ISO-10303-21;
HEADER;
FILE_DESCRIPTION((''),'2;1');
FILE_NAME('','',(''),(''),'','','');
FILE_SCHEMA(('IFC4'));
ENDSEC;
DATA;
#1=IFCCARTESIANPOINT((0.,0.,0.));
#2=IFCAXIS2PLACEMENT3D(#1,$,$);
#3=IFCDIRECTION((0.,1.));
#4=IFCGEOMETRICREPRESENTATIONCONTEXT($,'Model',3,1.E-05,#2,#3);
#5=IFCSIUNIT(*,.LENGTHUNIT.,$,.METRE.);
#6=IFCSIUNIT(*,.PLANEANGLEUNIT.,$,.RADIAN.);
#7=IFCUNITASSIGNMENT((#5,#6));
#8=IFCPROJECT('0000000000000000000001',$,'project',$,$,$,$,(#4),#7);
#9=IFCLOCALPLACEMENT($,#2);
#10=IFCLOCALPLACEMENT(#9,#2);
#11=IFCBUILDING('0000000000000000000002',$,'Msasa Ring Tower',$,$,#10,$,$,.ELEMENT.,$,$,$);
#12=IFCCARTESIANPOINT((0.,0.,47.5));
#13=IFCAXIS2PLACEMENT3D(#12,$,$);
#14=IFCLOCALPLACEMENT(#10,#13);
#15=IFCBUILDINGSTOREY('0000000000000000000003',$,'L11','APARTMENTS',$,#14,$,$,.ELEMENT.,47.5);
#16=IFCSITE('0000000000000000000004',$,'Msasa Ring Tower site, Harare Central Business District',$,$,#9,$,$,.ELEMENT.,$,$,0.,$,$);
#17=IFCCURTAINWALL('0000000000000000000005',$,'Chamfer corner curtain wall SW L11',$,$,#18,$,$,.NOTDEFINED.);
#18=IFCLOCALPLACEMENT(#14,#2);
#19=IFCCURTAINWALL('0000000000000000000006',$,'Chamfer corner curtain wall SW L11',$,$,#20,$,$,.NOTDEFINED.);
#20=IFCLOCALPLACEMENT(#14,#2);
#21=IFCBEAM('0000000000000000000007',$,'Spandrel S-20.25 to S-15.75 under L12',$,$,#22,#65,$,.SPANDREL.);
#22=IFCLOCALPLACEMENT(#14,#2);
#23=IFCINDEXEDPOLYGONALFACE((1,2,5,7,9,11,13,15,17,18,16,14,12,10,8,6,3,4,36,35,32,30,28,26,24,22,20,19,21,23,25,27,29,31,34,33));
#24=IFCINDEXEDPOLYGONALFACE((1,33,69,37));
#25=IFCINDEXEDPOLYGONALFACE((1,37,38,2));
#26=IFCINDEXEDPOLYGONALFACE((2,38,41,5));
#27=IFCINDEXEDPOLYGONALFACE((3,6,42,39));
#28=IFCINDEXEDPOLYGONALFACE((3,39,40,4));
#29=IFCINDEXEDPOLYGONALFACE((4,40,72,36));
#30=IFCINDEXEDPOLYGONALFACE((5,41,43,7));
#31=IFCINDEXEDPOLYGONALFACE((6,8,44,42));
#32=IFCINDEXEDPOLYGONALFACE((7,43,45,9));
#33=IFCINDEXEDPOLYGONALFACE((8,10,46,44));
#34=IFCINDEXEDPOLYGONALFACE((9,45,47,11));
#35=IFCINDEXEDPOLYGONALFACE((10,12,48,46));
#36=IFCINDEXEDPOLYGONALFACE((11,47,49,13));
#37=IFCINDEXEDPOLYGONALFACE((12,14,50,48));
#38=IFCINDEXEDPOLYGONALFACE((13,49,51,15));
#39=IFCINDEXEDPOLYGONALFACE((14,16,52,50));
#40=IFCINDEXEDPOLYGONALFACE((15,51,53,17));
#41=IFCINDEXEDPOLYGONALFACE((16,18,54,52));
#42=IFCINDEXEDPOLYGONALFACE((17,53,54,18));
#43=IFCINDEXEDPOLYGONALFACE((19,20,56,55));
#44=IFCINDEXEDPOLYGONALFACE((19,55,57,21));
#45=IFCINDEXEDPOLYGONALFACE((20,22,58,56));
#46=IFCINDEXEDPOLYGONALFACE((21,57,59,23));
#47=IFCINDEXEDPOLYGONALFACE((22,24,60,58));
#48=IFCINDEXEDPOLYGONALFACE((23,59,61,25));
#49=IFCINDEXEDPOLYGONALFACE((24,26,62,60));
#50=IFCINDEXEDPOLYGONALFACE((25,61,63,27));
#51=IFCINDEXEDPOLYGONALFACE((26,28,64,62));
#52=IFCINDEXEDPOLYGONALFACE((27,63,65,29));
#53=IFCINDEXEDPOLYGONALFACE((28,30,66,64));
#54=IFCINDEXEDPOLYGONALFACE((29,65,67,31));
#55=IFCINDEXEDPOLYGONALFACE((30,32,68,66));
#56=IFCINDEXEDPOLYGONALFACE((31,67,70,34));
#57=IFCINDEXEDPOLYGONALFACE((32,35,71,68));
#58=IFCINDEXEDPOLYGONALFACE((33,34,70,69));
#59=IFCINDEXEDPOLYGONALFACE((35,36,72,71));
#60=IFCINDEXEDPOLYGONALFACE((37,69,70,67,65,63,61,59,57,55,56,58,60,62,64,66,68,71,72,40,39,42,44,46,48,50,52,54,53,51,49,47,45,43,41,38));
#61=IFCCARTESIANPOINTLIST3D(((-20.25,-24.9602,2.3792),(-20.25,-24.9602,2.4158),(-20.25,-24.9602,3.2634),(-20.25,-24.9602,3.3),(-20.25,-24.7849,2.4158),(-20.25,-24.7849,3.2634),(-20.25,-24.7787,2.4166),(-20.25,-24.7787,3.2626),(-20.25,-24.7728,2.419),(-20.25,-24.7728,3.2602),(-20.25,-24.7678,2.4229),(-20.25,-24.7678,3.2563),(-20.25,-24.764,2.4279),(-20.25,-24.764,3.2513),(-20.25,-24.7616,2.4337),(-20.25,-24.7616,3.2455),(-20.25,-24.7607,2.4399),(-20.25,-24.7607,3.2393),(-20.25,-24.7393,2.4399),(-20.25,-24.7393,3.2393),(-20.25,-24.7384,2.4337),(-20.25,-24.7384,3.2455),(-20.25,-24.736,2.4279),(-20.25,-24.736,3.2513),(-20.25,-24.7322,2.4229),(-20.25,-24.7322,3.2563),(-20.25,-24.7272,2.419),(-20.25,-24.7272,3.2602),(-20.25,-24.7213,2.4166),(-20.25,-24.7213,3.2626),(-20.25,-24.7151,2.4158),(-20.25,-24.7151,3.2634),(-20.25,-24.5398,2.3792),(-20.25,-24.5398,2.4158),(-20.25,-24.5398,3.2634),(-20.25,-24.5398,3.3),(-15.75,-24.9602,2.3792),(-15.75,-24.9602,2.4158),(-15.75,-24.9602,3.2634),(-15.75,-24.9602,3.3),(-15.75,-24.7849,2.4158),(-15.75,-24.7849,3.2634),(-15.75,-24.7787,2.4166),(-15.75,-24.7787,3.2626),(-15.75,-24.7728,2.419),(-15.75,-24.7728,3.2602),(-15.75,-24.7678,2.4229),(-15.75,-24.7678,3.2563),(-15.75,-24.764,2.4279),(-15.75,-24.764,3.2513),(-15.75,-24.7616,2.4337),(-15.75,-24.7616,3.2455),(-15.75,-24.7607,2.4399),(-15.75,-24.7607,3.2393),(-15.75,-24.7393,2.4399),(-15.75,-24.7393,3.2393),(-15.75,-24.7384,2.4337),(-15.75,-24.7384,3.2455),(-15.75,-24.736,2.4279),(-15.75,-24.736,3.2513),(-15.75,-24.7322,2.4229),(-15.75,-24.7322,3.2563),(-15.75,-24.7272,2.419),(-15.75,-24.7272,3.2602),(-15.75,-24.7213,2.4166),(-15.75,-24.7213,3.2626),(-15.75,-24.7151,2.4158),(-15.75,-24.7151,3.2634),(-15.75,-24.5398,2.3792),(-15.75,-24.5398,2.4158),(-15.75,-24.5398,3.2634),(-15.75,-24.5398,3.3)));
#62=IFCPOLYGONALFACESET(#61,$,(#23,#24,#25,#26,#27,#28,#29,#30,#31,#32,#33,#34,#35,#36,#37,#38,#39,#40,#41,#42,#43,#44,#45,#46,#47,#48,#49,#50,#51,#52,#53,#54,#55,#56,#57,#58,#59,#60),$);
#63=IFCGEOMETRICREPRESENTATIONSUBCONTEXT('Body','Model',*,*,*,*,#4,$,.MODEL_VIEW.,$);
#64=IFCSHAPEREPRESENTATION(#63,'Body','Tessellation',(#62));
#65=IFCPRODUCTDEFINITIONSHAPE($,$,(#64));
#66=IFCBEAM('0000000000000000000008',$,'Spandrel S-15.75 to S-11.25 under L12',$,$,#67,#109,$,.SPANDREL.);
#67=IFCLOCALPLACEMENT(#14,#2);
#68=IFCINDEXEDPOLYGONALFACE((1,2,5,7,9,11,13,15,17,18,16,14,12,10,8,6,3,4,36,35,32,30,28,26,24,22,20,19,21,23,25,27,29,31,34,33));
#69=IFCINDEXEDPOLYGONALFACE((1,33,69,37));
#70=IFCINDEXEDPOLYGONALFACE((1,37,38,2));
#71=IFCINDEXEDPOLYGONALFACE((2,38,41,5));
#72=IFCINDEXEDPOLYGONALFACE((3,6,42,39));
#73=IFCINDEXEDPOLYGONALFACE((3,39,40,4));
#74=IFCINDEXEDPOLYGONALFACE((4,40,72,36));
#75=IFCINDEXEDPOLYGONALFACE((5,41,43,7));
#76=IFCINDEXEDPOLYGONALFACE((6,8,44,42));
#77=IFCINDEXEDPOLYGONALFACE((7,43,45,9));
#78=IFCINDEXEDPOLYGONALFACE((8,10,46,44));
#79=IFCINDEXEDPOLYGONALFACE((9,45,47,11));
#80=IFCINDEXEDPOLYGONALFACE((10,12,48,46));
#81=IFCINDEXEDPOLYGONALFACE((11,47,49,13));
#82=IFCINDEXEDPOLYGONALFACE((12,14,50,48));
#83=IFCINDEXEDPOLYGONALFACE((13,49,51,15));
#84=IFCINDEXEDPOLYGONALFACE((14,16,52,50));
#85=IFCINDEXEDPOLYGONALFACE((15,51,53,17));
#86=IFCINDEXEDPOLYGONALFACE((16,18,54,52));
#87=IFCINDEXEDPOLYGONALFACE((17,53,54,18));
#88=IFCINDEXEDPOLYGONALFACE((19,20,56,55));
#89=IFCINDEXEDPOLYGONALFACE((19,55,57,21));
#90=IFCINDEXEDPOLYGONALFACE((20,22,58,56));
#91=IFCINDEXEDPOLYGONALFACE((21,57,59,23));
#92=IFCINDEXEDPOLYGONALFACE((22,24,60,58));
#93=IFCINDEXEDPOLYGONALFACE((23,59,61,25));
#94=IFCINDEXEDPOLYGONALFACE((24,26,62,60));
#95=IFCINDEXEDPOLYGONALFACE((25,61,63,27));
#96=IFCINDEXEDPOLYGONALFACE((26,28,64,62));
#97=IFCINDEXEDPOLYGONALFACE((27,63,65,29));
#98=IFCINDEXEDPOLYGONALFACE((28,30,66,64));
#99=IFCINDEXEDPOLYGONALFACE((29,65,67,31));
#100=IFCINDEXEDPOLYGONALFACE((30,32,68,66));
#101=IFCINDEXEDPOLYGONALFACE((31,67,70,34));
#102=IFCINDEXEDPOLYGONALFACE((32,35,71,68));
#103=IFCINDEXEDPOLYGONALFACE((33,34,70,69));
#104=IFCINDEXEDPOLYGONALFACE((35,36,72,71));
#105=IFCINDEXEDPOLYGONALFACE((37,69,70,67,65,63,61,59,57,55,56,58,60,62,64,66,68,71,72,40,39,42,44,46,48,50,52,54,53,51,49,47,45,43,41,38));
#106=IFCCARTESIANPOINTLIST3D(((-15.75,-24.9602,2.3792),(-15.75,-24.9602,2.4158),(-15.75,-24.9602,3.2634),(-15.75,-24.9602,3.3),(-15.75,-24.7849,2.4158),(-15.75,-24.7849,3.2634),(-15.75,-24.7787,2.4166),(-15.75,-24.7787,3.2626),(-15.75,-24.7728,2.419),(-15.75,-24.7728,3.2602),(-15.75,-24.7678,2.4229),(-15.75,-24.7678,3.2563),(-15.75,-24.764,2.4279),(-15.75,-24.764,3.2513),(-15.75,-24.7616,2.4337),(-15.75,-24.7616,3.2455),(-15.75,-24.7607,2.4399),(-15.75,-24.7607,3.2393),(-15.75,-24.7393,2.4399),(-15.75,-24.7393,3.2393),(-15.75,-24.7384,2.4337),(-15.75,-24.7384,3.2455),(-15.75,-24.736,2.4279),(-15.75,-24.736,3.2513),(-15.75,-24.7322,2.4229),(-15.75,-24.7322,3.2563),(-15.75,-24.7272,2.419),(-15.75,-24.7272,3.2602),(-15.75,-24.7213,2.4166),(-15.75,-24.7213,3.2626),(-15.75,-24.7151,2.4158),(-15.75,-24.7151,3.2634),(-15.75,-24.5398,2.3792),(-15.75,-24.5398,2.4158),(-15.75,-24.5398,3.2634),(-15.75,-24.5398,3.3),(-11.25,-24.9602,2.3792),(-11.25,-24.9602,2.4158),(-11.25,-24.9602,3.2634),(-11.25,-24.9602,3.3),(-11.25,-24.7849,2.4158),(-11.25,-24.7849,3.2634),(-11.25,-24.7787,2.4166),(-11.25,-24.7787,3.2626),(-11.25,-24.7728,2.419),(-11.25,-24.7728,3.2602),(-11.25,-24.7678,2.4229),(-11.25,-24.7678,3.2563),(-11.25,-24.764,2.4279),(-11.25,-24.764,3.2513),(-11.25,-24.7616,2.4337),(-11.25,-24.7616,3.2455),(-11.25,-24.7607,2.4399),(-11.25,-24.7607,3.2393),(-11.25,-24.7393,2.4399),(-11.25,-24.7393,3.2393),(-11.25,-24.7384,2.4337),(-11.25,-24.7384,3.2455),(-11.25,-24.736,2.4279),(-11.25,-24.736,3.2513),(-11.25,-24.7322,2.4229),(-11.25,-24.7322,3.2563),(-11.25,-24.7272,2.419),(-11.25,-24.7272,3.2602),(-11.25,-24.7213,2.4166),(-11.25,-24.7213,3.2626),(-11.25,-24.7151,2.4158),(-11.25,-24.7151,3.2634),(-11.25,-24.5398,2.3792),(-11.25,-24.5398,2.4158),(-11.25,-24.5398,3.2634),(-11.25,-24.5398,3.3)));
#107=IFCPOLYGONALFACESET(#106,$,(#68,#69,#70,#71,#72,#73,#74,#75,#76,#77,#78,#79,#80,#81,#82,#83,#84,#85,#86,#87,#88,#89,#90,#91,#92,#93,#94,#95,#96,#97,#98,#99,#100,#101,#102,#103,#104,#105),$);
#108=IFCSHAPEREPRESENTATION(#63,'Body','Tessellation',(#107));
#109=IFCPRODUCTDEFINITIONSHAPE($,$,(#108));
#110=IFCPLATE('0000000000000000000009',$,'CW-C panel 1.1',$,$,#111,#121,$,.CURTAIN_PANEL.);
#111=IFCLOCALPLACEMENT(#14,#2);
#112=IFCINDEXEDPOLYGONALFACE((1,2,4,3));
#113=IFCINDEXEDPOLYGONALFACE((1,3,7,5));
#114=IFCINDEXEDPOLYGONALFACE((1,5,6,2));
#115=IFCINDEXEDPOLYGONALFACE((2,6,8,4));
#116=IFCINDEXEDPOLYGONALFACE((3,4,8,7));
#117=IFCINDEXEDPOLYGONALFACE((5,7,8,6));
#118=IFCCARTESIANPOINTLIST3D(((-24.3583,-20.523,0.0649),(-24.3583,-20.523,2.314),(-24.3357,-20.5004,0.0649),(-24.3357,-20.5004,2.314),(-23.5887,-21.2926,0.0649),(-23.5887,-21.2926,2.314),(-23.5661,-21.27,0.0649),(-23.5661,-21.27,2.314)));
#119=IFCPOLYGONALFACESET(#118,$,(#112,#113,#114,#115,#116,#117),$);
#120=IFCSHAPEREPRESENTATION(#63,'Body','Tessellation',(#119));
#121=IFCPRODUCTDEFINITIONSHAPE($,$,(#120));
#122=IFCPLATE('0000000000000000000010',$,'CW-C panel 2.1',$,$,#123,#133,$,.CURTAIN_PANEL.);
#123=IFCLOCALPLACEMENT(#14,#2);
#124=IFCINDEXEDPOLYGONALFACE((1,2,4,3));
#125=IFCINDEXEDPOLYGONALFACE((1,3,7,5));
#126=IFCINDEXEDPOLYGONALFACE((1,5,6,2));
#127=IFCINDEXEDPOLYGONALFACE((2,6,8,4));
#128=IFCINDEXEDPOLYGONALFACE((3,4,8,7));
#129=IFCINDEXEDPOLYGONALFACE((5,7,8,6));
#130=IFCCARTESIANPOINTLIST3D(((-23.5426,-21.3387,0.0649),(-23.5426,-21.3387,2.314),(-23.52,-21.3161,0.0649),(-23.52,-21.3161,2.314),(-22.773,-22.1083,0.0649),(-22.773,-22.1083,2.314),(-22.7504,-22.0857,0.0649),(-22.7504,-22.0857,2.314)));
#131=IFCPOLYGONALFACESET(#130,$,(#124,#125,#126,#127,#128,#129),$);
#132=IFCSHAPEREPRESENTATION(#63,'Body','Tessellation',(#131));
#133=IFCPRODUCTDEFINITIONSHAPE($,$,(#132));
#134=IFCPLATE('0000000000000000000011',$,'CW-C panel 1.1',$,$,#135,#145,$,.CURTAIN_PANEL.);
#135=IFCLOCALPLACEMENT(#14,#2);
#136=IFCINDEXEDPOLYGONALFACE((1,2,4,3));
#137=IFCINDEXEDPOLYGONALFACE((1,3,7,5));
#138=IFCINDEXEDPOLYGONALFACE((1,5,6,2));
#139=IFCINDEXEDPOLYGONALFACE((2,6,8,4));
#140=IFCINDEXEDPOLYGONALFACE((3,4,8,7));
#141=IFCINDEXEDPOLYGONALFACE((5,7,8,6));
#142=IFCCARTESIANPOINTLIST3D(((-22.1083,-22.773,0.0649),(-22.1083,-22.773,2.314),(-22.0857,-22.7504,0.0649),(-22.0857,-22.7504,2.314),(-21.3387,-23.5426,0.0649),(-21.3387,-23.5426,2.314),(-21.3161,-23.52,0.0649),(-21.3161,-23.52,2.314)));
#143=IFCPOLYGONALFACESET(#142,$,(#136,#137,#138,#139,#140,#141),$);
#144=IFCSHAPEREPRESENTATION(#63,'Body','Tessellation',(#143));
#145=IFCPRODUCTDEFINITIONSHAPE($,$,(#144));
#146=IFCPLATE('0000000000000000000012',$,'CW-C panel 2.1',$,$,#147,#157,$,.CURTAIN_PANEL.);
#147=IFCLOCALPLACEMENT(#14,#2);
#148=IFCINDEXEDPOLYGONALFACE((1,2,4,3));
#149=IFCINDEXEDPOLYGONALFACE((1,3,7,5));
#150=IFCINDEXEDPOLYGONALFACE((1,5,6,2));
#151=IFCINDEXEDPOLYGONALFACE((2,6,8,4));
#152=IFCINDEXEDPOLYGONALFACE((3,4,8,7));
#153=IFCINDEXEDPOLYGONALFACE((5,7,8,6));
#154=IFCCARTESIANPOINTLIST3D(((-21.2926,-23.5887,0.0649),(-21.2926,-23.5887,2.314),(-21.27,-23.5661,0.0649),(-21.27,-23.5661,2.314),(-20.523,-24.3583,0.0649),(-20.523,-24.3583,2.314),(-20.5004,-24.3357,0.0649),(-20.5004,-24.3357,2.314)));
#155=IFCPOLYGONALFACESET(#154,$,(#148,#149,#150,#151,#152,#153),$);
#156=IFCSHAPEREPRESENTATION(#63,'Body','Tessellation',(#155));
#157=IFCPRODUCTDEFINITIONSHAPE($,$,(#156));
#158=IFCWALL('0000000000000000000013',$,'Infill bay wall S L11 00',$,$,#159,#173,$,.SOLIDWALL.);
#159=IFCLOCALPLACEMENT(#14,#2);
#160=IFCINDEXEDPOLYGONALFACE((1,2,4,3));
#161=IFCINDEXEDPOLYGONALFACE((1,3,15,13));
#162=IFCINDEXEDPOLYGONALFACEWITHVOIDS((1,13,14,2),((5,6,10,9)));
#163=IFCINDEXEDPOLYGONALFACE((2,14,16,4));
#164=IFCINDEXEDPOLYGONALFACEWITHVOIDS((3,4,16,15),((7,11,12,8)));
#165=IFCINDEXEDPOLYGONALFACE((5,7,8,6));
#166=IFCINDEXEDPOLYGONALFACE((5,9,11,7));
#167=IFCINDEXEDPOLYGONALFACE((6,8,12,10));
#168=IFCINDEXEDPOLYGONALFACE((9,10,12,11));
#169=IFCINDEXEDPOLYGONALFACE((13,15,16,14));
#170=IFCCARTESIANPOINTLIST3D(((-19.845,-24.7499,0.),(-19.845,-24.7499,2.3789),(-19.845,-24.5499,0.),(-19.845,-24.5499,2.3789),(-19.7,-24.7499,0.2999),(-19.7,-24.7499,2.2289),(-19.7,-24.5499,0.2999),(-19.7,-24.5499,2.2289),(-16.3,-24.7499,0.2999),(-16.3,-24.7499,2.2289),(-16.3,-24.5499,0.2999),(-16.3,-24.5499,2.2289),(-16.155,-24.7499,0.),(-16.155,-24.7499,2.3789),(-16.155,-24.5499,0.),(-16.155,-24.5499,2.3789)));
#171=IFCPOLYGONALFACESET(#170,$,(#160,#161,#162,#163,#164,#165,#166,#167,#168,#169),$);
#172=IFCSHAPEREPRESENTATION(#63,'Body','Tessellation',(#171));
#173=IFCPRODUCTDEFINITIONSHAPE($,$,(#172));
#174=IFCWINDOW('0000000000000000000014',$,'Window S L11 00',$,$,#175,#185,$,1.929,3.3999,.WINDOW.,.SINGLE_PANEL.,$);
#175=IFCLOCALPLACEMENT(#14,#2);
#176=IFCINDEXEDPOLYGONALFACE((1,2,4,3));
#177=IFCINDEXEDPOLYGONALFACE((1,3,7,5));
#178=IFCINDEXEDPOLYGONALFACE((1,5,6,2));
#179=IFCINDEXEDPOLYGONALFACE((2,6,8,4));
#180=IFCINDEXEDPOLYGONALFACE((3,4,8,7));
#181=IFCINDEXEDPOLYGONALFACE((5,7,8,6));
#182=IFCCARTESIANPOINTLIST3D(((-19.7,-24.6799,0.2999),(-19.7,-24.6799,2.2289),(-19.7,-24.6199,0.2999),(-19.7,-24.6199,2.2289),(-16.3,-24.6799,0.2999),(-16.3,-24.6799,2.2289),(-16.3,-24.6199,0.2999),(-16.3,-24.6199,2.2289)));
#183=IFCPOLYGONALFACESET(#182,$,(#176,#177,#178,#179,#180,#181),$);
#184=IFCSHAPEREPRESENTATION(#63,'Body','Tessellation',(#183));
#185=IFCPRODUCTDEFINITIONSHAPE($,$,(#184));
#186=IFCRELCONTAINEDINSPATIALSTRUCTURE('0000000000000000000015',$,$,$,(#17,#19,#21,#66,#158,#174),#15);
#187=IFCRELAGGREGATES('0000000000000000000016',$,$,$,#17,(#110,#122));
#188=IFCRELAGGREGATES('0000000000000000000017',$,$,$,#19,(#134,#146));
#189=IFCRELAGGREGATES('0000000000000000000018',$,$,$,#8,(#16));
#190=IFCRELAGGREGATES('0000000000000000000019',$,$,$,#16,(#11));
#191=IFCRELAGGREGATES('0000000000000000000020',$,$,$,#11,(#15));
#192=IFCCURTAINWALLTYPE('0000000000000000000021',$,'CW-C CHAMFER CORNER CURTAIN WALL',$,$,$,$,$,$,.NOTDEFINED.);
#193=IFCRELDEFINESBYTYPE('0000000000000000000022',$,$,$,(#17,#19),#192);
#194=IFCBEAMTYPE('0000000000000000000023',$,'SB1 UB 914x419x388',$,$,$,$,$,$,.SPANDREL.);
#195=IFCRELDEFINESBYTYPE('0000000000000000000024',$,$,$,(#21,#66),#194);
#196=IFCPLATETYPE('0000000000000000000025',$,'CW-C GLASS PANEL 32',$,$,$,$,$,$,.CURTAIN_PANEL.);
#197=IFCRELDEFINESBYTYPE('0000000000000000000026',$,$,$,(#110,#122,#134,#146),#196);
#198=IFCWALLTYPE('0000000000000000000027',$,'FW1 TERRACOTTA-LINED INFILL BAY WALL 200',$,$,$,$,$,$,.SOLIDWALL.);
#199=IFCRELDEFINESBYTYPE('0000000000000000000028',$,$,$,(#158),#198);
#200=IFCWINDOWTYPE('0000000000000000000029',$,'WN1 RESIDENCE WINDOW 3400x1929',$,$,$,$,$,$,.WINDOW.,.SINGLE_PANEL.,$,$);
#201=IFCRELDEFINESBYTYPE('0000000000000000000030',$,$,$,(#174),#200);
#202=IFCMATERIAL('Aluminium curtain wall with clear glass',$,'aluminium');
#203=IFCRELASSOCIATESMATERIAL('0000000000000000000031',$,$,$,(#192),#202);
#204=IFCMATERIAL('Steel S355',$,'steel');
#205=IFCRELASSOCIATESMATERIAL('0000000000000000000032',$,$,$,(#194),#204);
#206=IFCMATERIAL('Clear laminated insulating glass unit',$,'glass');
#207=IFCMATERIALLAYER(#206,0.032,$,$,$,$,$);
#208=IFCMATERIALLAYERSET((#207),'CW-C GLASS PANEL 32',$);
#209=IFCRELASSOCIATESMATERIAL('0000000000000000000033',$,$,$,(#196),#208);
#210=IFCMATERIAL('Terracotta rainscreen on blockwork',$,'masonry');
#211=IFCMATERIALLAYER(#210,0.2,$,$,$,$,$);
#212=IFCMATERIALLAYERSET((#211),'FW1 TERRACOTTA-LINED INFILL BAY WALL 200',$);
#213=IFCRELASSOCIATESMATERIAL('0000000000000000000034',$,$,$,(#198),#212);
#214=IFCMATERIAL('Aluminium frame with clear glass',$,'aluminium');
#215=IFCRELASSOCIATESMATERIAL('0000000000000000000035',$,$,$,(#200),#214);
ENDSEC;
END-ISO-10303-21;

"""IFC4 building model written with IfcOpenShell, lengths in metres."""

from ifc_helpers import new_model, si_unit, direction, frame, frame_2d, origin, origin_2d, place, context, subcontext, project, spatial, rectangle, i_section, extrude, material, layer, layer_set, material_profile, profile_set, type_object, element, fill, aggregate, save


model = new_model("IFC4")

# Units and contexts
model_context = context("Model", 3, precision=1e-05, world=origin(), true_north=direction((0.0, 1.0)))
body_context = subcontext(model_context, "Body", "Model", "MODEL_VIEW")
ifc_project = project(units=[si_unit("LENGTHUNIT", "METRE"), si_unit("PLANEANGLEUNIT", "RADIAN")], contexts=[model_context])

# Site, building, storey
site_placement = place(None, origin())
site = spatial("IfcSite", under=ifc_project, at=site_placement, Name="Msasa Ring Tower site, Harare Central Business District", CompositionType="ELEMENT", RefElevation=0.0)
building_placement = place(site_placement, origin())
building = spatial("IfcBuilding", under=site, at=building_placement, Name="Msasa Ring Tower", CompositionType="ELEMENT")
storey_placement = place(building_placement, frame((0.0, 0.0, 47.5)))
storey = spatial("IfcBuildingStorey", under=building, at=storey_placement, Name="L11", Description="APARTMENTS", CompositionType="ELEMENT", Elevation=47.5)

# Curtain walls
ifc_material_1 = material(Name="Aluminium curtain wall with clear glass", Category="aluminium")
curtain_wall_type = type_object("IfcCurtainWallType", Name="CW-C CHAMFER CORNER CURTAIN WALL", PredefinedType="NOTDEFINED", material=ifc_material_1)
curtain_wall_1_placement = place(storey_placement, origin())
curtain_wall_1 = element("IfcCurtainWall", 1, at=curtain_wall_1_placement, inside=storey, type_object=curtain_wall_type, Name="Chamfer corner curtain wall SW L11", PredefinedType="NOTDEFINED")
curtain_wall_2_placement = place(storey_placement, origin())
curtain_wall_2 = element("IfcCurtainWall", 2, at=curtain_wall_2_placement, inside=storey, type_object=curtain_wall_type, Name="Chamfer corner curtain wall SW L11", PredefinedType="NOTDEFINED")

# Beams
ifc_material_2 = material(Name="Steel S355", Category="steel")
ifc_material_profile_1 = material_profile(ifc_material_2, i_section(OverallWidth=0.4204, OverallDepth=0.9209, WebThickness=0.0215, FlangeThickness=0.0366, FilletRadius=0.0242, at=origin_2d()), Name="UB 914x419x388")
ifc_profile_set_1 = profile_set([ifc_material_profile_1], Name="Steel S355")
beam_type_1 = type_object("IfcBeamType", Name="SB1 UB 914x419x388", PredefinedType="SPANDREL", material=ifc_profile_set_1)
for number, where, z_axis, x_axis, name in (
    (3, (-20.25, -24.75, 2.8396), (1.0, 0.0, 0.0), (0.0, 1.0, 0.0), "Spandrel S-20.25 to S-15.75 under L12"),
    (4, (-15.75, -24.75, 2.8396), (1.0, 0.0, 0.0), (0.0, 1.0, 0.0), "Spandrel S-15.75 to S-11.25 under L12"),
):
    element("IfcBeam", number, at=place(storey_placement, frame(where, z_axis=z_axis, x_axis=x_axis)), inside=storey, type_object=beam_type_1, Name=name, PredefinedType="SPANDREL", context=body_context, shape_type="SweptSolid", body=[
        extrude(i_section(OverallWidth=0.4204, OverallDepth=0.9209, WebThickness=0.0215, FlangeThickness=0.0366, FilletRadius=0.0242, at=origin_2d()), origin(), (0.0, 0.0, 1.0), 4.5),
    ])

# Plates
ifc_material_3 = material(Name="Clear laminated insulating glass unit", Category="glass")
ifc_layer_1 = layer(ifc_material_3, 0.032)
ifc_layer_set_1 = layer_set([ifc_layer_1], Name="CW-C GLASS PANEL 32")
plate_type = type_object("IfcPlateType", Name="CW-C GLASS PANEL 32", PredefinedType="CURTAIN_PANEL", material=ifc_layer_set_1)
plate_1_placement = place(storey_placement, frame((-23.9622, -20.8965, 0.0649), z_axis=(0.0, 0.0, 1.0), x_axis=(0.707107, -0.707107, 0.0)))
plate_1 = element("IfcPlate", 5, at=plate_1_placement, type_object=plate_type, Name="CW-C panel 1.1", PredefinedType="CURTAIN_PANEL", context=body_context, shape_type="SweptSolid", body=[
    extrude(rectangle(XDim=1.0884, YDim=0.032, at=origin_2d()), origin(), (0.0, 0.0, 1.0), 2.249),
])
plate_2_placement = place(storey_placement, frame((-23.1465, -21.7122, 0.0649), z_axis=(0.0, 0.0, 1.0), x_axis=(0.707107, -0.707107, 0.0)))
plate_2 = element("IfcPlate", 6, at=plate_2_placement, type_object=plate_type, Name="CW-C panel 2.1", PredefinedType="CURTAIN_PANEL", context=body_context, shape_type="SweptSolid", body=[
    extrude(rectangle(XDim=1.0884, YDim=0.032, at=origin_2d()), origin(), (0.0, 0.0, 1.0), 2.249),
])
aggregate(curtain_wall_1, [plate_1, plate_2])
plate_3_placement = place(storey_placement, frame((-21.7122, -23.1465, 0.0649), z_axis=(0.0, 0.0, 1.0), x_axis=(0.707107, -0.707107, 0.0)))
plate_3 = element("IfcPlate", 7, at=plate_3_placement, type_object=plate_type, Name="CW-C panel 1.1", PredefinedType="CURTAIN_PANEL", context=body_context, shape_type="SweptSolid", body=[
    extrude(rectangle(XDim=1.0884, YDim=0.032, at=origin_2d()), origin(), (0.0, 0.0, 1.0), 2.249),
])
plate_4_placement = place(storey_placement, frame((-20.8965, -23.9622, 0.0649), z_axis=(0.0, 0.0, 1.0), x_axis=(0.707107, -0.707107, 0.0)))
plate_4 = element("IfcPlate", 8, at=plate_4_placement, type_object=plate_type, Name="CW-C panel 2.1", PredefinedType="CURTAIN_PANEL", context=body_context, shape_type="SweptSolid", body=[
    extrude(rectangle(XDim=1.0884, YDim=0.032, at=origin_2d()), origin(), (0.0, 0.0, 1.0), 2.249),
])
aggregate(curtain_wall_2, [plate_3, plate_4])

# Wall, opening, window
ifc_material_4 = material(Name="Terracotta rainscreen on blockwork", Category="masonry")
ifc_layer_2 = layer(ifc_material_4, 0.2)
ifc_layer_set_2 = layer_set([ifc_layer_2], Name="FW1 TERRACOTTA-LINED INFILL BAY WALL 200")
wall_type_1 = type_object("IfcWallType", Name="FW1 TERRACOTTA-LINED INFILL BAY WALL 200", PredefinedType="SOLIDWALL", material=ifc_layer_set_2)
wall_1_placement = place(storey_placement, frame((-19.845, -24.6499, 0.0), z_axis=(0.0, 0.0, 1.0), x_axis=(1.0, 0.0, 0.0)))
wall_1 = element("IfcWall", 9, at=wall_1_placement, inside=storey, type_object=wall_type_1, Name="Infill bay wall S L11 00", PredefinedType="SOLIDWALL", context=body_context, shape_type="SweptSolid", body=[
    extrude(rectangle(XDim=3.6899, YDim=0.2, at=frame_2d((1.845, 0.0))), origin(), (0.0, 0.0, 1.0), 2.3789),
])
opening_placement = place(wall_1_placement, frame((0.145, 0.0, 0.3)))
opening = element("IfcOpeningElement", 10, at=opening_placement, cuts=wall_1, PredefinedType="OPENING", context=body_context, shape_type="SweptSolid", body=[
    extrude(rectangle(XDim=3.3999, YDim=1.929, at=frame_2d((1.7, 0.9644))), frame((0.0, 0.1099, 0.0), z_axis=(0.0, -1.0, 0.0), x_axis=(1.0, 0.0, 0.0)), (0.0, 0.0, 1.0), 0.22),
])
ifc_material_5 = material(Name="Aluminium frame with clear glass", Category="aluminium")
window_type = type_object("IfcWindowType", Name="WN1 RESIDENCE WINDOW 3400x1929", PartitioningType="SINGLE_PANEL", PredefinedType="WINDOW", material=ifc_material_5)
window_placement = place(opening_placement, origin())
window = element("IfcWindow", 11, at=window_placement, inside=storey, type_object=window_type, Name="Window S L11 00", OverallHeight=1.929, OverallWidth=3.3999, PartitioningType="SINGLE_PANEL", PredefinedType="WINDOW", context=body_context, shape_type="SweptSolid", body=[
    extrude(rectangle(XDim=3.3999, YDim=1.929, at=frame_2d((1.7, 0.9644))), frame((0.0, 0.03, 0.0), z_axis=(0.0, -1.0, 0.0), x_axis=(1.0, 0.0, 0.0)), (0.0, 0.0, 1.0), 0.0601),
])
fill(opening, window)

save(model, "model.ifc")
